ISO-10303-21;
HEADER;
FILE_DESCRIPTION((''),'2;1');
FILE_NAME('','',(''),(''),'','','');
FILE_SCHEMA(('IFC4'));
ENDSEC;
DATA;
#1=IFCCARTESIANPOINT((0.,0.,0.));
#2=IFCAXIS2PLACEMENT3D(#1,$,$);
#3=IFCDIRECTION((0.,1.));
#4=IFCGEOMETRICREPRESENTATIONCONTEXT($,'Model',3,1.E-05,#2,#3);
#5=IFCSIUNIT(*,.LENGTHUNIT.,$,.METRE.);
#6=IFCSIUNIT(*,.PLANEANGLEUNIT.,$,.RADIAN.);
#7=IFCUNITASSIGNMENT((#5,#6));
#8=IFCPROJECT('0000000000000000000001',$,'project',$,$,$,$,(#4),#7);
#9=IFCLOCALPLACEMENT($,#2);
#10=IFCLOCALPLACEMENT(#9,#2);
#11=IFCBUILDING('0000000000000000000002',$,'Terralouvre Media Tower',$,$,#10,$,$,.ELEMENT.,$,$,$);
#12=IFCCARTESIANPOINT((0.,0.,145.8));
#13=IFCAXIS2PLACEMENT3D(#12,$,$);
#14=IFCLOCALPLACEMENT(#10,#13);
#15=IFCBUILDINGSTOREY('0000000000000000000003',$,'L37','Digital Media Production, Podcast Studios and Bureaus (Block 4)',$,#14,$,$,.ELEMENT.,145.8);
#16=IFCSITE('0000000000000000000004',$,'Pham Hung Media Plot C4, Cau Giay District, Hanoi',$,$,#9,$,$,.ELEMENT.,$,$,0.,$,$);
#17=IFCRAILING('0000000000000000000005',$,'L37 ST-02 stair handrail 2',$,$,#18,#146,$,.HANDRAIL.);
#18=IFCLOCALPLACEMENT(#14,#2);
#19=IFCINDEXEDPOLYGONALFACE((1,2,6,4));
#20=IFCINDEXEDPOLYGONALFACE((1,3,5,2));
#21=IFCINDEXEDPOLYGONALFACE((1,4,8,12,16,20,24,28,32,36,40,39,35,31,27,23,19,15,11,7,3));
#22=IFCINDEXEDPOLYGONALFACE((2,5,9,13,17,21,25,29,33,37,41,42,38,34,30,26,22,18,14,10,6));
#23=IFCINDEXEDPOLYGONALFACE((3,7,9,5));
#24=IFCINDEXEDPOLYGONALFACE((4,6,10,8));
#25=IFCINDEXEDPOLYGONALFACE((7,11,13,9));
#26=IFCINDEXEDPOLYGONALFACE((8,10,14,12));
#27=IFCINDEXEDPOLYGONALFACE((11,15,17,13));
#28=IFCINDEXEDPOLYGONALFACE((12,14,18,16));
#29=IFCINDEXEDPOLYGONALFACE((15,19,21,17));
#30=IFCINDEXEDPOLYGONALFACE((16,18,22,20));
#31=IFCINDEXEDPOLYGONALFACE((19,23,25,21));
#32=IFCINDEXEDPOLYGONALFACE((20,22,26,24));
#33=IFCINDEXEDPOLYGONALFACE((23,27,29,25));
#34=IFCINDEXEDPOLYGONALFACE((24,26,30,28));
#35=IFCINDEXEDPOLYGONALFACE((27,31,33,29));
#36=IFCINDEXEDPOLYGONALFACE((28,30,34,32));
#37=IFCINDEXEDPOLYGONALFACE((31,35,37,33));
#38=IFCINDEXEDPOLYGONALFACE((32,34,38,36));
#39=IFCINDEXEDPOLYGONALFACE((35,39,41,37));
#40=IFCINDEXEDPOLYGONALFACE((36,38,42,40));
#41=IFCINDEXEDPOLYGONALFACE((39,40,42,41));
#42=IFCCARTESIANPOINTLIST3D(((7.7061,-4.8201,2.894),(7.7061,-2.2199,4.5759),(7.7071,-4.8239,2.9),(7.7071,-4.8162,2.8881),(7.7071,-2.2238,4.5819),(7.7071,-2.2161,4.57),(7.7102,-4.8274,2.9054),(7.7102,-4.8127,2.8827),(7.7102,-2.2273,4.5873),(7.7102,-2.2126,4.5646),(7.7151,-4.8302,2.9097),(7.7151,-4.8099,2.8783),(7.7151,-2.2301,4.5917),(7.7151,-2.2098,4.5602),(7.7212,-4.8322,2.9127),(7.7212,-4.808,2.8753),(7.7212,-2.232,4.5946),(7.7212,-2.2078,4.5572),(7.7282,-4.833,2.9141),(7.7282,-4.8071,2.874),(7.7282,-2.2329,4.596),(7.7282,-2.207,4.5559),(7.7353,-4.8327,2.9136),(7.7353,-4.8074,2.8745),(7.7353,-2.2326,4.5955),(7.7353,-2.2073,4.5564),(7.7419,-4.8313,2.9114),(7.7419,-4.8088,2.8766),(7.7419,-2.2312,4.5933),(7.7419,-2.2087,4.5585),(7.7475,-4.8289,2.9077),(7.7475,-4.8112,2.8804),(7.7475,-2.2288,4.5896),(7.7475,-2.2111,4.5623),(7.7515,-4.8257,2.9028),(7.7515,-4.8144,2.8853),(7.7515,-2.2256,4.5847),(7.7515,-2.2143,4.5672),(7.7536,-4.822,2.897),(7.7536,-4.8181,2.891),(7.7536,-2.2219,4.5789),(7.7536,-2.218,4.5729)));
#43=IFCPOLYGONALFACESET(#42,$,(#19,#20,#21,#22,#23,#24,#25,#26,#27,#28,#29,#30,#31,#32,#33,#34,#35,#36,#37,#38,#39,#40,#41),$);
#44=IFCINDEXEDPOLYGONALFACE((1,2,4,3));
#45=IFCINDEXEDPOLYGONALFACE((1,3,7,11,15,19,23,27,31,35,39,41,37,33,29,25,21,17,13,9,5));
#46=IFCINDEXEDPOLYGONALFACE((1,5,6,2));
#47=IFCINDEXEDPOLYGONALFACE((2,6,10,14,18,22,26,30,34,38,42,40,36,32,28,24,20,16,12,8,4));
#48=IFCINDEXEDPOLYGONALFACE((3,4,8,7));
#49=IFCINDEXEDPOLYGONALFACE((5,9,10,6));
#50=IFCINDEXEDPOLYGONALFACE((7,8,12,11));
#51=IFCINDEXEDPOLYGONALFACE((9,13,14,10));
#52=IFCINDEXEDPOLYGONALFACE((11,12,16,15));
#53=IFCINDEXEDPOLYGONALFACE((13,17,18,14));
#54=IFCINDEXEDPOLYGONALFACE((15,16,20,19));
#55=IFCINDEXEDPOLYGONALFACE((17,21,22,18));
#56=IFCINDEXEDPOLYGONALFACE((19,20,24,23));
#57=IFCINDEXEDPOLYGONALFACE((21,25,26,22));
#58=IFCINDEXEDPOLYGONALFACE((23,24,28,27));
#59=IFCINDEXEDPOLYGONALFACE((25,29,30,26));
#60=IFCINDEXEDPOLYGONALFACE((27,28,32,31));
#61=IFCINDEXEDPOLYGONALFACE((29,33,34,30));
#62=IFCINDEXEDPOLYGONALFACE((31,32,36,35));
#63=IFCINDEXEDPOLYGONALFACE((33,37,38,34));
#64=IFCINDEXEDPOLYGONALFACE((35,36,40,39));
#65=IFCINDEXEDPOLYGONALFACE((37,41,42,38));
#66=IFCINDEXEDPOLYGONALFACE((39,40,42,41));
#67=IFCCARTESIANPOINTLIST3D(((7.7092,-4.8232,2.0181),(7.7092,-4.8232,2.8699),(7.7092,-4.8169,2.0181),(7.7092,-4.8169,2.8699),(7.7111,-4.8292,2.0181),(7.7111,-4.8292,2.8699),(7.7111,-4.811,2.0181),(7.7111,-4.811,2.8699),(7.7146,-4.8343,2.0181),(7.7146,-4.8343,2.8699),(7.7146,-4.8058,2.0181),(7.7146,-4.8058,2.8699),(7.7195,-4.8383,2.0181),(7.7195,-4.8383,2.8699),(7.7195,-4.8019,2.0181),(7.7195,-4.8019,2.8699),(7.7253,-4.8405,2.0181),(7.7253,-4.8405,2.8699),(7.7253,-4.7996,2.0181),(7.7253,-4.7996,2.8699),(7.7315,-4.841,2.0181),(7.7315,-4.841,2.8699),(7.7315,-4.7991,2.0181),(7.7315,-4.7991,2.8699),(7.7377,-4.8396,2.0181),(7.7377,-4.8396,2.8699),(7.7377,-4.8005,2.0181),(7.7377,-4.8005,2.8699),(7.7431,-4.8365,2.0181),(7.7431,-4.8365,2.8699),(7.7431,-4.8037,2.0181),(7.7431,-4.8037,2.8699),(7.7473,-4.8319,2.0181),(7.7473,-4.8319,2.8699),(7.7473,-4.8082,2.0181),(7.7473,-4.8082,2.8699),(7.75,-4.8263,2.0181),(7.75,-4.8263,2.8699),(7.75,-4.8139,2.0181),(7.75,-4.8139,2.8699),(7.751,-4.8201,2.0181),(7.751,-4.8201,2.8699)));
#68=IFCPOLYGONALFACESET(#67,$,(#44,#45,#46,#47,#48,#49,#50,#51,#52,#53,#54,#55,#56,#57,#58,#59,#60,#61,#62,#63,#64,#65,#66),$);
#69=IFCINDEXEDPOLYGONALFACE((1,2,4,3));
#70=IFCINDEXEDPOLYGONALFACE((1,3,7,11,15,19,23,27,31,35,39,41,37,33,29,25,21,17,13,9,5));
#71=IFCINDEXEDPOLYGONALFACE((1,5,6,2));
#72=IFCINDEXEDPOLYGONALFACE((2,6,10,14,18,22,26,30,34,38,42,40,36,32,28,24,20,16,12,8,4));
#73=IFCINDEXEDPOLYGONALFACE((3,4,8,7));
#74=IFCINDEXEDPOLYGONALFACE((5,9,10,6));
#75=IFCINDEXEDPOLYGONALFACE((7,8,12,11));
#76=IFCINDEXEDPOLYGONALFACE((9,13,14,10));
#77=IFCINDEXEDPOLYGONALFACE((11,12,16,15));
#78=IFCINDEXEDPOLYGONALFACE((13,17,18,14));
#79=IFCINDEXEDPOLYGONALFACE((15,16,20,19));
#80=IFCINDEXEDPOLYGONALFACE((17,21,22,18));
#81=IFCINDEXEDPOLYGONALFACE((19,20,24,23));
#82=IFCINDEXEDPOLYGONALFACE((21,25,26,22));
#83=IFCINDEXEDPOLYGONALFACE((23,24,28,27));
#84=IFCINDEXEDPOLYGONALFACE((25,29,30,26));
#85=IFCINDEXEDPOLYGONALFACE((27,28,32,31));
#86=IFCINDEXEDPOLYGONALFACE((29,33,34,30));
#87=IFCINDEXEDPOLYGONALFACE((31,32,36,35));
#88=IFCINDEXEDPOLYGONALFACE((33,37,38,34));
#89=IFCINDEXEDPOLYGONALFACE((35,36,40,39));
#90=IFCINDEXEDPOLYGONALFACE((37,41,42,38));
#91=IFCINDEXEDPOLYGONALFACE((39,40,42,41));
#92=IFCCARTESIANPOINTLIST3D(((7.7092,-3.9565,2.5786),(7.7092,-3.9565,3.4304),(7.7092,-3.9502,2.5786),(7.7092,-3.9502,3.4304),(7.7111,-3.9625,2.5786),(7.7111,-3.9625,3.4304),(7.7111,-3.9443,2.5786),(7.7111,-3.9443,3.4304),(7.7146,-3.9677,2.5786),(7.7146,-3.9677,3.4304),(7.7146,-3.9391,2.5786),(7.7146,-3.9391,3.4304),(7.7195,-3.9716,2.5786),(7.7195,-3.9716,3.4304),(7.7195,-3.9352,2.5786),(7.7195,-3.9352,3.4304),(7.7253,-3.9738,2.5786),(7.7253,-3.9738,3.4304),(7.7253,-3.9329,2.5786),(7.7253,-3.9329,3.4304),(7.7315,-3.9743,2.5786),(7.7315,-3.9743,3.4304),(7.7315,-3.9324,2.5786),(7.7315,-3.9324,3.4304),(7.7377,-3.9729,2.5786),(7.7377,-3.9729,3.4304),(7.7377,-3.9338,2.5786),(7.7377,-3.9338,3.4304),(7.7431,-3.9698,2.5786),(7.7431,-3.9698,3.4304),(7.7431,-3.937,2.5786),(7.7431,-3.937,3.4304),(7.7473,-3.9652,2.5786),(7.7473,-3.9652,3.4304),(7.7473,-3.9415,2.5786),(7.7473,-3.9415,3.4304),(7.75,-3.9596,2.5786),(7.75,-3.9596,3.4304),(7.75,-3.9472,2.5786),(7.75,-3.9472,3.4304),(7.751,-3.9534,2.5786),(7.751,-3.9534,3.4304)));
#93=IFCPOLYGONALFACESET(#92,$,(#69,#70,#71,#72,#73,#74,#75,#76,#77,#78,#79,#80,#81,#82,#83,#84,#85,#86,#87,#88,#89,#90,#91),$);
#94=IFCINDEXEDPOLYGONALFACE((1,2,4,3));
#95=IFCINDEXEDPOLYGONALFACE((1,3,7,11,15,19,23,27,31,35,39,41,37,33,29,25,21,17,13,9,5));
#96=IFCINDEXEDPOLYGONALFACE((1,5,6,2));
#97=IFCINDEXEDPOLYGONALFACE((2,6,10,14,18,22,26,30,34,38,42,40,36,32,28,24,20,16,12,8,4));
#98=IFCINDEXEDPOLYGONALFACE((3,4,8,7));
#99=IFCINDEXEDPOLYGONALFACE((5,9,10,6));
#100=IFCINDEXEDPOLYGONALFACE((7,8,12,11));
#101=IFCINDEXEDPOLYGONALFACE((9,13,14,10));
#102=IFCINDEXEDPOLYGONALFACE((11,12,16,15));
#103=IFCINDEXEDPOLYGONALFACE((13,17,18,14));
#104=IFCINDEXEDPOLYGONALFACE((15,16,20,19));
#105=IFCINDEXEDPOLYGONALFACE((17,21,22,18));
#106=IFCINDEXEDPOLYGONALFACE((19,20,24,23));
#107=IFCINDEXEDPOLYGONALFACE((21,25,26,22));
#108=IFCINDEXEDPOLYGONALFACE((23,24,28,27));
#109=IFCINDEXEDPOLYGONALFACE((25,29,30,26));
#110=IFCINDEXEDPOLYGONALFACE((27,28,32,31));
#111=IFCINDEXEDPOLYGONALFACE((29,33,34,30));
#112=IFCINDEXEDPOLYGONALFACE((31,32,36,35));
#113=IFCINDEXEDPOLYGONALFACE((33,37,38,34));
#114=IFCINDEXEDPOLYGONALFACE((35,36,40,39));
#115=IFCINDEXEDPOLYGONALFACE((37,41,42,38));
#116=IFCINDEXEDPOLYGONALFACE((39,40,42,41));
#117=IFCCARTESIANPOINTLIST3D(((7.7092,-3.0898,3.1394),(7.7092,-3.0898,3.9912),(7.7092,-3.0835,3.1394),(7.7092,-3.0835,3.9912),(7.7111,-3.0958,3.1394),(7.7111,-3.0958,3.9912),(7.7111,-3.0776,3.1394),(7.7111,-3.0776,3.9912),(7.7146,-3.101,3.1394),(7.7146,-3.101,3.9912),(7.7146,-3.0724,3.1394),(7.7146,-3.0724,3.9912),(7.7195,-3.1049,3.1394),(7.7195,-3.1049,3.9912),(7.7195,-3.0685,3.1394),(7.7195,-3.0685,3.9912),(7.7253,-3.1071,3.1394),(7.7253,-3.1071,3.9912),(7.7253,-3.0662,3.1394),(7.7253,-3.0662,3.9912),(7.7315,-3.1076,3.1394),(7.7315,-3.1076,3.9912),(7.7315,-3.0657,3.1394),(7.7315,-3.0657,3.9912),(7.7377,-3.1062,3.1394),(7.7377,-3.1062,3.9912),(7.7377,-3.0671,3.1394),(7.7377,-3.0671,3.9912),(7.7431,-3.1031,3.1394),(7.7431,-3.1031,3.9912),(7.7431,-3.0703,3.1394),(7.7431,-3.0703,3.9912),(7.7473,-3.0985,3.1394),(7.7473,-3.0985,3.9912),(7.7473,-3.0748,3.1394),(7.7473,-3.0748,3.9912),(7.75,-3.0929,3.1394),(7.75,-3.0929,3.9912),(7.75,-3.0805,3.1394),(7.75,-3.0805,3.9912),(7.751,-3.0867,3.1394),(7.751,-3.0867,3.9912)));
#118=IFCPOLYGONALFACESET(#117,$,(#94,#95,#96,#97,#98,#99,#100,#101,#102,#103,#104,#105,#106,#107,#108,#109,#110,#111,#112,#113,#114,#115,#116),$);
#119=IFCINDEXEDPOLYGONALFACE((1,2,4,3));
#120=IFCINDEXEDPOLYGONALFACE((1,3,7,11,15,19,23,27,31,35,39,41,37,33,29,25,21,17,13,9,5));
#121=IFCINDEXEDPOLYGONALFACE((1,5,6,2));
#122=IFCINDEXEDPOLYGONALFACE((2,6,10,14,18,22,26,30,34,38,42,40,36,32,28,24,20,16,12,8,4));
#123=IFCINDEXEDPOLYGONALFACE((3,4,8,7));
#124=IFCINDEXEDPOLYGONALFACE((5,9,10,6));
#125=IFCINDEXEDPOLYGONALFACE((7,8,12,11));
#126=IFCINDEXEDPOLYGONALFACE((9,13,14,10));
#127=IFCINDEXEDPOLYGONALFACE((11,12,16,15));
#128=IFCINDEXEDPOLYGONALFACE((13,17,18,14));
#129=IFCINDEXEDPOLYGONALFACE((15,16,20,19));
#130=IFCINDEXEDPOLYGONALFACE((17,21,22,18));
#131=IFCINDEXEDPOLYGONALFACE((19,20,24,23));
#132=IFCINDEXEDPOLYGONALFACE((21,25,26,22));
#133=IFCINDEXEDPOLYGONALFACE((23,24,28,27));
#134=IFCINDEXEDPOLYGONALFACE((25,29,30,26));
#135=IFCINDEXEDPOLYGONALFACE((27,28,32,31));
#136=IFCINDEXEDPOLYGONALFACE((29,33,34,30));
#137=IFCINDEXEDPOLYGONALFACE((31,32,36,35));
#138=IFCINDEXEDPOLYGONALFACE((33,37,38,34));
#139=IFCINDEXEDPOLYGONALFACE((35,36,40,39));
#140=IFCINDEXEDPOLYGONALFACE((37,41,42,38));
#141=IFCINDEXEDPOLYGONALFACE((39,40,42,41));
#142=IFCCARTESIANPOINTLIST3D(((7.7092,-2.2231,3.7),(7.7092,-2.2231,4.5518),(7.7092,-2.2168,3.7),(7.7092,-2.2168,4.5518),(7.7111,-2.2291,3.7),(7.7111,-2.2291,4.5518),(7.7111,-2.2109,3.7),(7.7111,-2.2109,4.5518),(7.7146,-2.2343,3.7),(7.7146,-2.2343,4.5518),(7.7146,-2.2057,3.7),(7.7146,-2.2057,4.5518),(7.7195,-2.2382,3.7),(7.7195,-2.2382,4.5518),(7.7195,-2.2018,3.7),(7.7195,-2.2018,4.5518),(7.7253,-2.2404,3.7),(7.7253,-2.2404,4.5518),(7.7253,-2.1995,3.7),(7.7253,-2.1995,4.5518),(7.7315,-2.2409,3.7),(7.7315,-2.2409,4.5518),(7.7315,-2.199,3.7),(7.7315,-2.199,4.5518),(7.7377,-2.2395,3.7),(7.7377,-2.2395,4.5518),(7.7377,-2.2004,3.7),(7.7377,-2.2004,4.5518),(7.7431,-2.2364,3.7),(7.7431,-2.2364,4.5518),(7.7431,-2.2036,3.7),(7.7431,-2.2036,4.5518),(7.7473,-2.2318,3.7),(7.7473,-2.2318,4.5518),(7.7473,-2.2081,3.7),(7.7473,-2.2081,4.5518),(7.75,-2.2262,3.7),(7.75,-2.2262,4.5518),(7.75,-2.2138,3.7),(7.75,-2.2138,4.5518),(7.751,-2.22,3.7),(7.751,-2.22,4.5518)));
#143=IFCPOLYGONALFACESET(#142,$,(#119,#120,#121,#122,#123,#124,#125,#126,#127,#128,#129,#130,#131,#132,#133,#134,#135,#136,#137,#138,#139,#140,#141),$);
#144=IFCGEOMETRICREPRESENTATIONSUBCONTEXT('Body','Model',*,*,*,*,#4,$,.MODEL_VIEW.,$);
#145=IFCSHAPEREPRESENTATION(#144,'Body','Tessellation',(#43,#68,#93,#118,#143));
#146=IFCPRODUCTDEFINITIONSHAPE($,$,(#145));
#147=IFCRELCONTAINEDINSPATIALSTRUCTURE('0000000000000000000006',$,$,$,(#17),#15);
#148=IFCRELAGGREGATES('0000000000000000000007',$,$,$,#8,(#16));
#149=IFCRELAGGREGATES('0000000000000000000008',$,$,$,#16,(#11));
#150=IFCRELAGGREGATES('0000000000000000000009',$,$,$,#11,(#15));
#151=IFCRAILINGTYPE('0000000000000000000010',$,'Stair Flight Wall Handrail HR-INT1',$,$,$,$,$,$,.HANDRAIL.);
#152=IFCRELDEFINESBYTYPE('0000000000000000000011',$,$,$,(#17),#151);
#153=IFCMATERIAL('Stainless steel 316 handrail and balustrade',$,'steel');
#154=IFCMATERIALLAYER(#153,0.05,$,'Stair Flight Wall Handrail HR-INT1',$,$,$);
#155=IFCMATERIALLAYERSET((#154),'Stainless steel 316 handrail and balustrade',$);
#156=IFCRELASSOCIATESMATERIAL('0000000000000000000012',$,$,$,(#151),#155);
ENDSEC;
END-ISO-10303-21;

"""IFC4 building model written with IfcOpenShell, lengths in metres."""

from ifc_helpers import new_model, si_unit, direction, frame, origin, origin_2d, place, context, subcontext, project, spatial, circle, extrude, material, layer, layer_set, type_object, element, save


model = new_model("IFC4")

# Units and contexts
model_context = context("Model", 3, precision=1e-05, world=origin(), true_north=direction((0.0, 1.0)))
body_context = subcontext(model_context, "Body", "Model", "MODEL_VIEW")
ifc_project = project(units=[si_unit("LENGTHUNIT", "METRE"), si_unit("PLANEANGLEUNIT", "RADIAN")], contexts=[model_context])

# Site, building, storey
site_placement = place(None, origin())
site = spatial("IfcSite", under=ifc_project, at=site_placement, Name="Pham Hung Media Plot C4, Cau Giay District, Hanoi", CompositionType="ELEMENT", RefElevation=0.0)
building_placement = place(site_placement, origin())
building = spatial("IfcBuilding", under=site, at=building_placement, Name="Terralouvre Media Tower", CompositionType="ELEMENT")
storey_placement = place(building_placement, frame((0.0, 0.0, 145.8)))
storey = spatial("IfcBuildingStorey", under=building, at=storey_placement, Name="L37", Description="Digital Media Production, Podcast Studios and Bureaus (Block 4)", CompositionType="ELEMENT", Elevation=145.8)

# Railing
ifc_material_1 = material(Name="Stainless steel 316 handrail and balustrade", Category="steel")
ifc_layer_1 = layer(ifc_material_1, 0.05, Name="Stair Flight Wall Handrail HR-INT1")
ifc_layer_set_1 = layer_set([ifc_layer_1], Name="Stainless steel 316 handrail and balustrade")
railing_type_1 = type_object("IfcRailingType", Name="Stair Flight Wall Handrail HR-INT1", PredefinedType="HANDRAIL", material=ifc_layer_set_1)
railing_1_placement = place(storey_placement, frame((7.73, -4.8201, 2.0181)))
element("IfcRailing", 1, at=railing_1_placement, inside=storey, type_object=railing_type_1, Name="L37 ST-02 stair handrail 2", PredefinedType="HANDRAIL", context=body_context, shape_type="SweptSolid", body=[
    extrude(circle(Radius=0.0239, at=origin_2d()), frame((0.0, 0.0, 0.876), z_axis=(0.0, 0.839648, 0.54313), x_axis=(-1.0, 0.0, 0.0)), (0.0, 0.0, 1.0), 3.0967),
    extrude(circle(Radius=0.021, at=origin_2d()), origin(), (0.0, 0.0, 1.0), 0.8518),
    extrude(circle(Radius=0.021, at=origin_2d()), frame((0.0, 0.8667, 0.5605)), (0.0, 0.0, 1.0), 0.8518),
    extrude(circle(Radius=0.021, at=origin_2d()), frame((0.0, 1.7334, 1.1213)), (0.0, 0.0, 1.0), 0.8518),
    extrude(circle(Radius=0.021, at=origin_2d()), frame((0.0, 2.6001, 1.6819)), (0.0, 0.0, 1.0), 0.8518),
])

save(model, "model.ifc")
